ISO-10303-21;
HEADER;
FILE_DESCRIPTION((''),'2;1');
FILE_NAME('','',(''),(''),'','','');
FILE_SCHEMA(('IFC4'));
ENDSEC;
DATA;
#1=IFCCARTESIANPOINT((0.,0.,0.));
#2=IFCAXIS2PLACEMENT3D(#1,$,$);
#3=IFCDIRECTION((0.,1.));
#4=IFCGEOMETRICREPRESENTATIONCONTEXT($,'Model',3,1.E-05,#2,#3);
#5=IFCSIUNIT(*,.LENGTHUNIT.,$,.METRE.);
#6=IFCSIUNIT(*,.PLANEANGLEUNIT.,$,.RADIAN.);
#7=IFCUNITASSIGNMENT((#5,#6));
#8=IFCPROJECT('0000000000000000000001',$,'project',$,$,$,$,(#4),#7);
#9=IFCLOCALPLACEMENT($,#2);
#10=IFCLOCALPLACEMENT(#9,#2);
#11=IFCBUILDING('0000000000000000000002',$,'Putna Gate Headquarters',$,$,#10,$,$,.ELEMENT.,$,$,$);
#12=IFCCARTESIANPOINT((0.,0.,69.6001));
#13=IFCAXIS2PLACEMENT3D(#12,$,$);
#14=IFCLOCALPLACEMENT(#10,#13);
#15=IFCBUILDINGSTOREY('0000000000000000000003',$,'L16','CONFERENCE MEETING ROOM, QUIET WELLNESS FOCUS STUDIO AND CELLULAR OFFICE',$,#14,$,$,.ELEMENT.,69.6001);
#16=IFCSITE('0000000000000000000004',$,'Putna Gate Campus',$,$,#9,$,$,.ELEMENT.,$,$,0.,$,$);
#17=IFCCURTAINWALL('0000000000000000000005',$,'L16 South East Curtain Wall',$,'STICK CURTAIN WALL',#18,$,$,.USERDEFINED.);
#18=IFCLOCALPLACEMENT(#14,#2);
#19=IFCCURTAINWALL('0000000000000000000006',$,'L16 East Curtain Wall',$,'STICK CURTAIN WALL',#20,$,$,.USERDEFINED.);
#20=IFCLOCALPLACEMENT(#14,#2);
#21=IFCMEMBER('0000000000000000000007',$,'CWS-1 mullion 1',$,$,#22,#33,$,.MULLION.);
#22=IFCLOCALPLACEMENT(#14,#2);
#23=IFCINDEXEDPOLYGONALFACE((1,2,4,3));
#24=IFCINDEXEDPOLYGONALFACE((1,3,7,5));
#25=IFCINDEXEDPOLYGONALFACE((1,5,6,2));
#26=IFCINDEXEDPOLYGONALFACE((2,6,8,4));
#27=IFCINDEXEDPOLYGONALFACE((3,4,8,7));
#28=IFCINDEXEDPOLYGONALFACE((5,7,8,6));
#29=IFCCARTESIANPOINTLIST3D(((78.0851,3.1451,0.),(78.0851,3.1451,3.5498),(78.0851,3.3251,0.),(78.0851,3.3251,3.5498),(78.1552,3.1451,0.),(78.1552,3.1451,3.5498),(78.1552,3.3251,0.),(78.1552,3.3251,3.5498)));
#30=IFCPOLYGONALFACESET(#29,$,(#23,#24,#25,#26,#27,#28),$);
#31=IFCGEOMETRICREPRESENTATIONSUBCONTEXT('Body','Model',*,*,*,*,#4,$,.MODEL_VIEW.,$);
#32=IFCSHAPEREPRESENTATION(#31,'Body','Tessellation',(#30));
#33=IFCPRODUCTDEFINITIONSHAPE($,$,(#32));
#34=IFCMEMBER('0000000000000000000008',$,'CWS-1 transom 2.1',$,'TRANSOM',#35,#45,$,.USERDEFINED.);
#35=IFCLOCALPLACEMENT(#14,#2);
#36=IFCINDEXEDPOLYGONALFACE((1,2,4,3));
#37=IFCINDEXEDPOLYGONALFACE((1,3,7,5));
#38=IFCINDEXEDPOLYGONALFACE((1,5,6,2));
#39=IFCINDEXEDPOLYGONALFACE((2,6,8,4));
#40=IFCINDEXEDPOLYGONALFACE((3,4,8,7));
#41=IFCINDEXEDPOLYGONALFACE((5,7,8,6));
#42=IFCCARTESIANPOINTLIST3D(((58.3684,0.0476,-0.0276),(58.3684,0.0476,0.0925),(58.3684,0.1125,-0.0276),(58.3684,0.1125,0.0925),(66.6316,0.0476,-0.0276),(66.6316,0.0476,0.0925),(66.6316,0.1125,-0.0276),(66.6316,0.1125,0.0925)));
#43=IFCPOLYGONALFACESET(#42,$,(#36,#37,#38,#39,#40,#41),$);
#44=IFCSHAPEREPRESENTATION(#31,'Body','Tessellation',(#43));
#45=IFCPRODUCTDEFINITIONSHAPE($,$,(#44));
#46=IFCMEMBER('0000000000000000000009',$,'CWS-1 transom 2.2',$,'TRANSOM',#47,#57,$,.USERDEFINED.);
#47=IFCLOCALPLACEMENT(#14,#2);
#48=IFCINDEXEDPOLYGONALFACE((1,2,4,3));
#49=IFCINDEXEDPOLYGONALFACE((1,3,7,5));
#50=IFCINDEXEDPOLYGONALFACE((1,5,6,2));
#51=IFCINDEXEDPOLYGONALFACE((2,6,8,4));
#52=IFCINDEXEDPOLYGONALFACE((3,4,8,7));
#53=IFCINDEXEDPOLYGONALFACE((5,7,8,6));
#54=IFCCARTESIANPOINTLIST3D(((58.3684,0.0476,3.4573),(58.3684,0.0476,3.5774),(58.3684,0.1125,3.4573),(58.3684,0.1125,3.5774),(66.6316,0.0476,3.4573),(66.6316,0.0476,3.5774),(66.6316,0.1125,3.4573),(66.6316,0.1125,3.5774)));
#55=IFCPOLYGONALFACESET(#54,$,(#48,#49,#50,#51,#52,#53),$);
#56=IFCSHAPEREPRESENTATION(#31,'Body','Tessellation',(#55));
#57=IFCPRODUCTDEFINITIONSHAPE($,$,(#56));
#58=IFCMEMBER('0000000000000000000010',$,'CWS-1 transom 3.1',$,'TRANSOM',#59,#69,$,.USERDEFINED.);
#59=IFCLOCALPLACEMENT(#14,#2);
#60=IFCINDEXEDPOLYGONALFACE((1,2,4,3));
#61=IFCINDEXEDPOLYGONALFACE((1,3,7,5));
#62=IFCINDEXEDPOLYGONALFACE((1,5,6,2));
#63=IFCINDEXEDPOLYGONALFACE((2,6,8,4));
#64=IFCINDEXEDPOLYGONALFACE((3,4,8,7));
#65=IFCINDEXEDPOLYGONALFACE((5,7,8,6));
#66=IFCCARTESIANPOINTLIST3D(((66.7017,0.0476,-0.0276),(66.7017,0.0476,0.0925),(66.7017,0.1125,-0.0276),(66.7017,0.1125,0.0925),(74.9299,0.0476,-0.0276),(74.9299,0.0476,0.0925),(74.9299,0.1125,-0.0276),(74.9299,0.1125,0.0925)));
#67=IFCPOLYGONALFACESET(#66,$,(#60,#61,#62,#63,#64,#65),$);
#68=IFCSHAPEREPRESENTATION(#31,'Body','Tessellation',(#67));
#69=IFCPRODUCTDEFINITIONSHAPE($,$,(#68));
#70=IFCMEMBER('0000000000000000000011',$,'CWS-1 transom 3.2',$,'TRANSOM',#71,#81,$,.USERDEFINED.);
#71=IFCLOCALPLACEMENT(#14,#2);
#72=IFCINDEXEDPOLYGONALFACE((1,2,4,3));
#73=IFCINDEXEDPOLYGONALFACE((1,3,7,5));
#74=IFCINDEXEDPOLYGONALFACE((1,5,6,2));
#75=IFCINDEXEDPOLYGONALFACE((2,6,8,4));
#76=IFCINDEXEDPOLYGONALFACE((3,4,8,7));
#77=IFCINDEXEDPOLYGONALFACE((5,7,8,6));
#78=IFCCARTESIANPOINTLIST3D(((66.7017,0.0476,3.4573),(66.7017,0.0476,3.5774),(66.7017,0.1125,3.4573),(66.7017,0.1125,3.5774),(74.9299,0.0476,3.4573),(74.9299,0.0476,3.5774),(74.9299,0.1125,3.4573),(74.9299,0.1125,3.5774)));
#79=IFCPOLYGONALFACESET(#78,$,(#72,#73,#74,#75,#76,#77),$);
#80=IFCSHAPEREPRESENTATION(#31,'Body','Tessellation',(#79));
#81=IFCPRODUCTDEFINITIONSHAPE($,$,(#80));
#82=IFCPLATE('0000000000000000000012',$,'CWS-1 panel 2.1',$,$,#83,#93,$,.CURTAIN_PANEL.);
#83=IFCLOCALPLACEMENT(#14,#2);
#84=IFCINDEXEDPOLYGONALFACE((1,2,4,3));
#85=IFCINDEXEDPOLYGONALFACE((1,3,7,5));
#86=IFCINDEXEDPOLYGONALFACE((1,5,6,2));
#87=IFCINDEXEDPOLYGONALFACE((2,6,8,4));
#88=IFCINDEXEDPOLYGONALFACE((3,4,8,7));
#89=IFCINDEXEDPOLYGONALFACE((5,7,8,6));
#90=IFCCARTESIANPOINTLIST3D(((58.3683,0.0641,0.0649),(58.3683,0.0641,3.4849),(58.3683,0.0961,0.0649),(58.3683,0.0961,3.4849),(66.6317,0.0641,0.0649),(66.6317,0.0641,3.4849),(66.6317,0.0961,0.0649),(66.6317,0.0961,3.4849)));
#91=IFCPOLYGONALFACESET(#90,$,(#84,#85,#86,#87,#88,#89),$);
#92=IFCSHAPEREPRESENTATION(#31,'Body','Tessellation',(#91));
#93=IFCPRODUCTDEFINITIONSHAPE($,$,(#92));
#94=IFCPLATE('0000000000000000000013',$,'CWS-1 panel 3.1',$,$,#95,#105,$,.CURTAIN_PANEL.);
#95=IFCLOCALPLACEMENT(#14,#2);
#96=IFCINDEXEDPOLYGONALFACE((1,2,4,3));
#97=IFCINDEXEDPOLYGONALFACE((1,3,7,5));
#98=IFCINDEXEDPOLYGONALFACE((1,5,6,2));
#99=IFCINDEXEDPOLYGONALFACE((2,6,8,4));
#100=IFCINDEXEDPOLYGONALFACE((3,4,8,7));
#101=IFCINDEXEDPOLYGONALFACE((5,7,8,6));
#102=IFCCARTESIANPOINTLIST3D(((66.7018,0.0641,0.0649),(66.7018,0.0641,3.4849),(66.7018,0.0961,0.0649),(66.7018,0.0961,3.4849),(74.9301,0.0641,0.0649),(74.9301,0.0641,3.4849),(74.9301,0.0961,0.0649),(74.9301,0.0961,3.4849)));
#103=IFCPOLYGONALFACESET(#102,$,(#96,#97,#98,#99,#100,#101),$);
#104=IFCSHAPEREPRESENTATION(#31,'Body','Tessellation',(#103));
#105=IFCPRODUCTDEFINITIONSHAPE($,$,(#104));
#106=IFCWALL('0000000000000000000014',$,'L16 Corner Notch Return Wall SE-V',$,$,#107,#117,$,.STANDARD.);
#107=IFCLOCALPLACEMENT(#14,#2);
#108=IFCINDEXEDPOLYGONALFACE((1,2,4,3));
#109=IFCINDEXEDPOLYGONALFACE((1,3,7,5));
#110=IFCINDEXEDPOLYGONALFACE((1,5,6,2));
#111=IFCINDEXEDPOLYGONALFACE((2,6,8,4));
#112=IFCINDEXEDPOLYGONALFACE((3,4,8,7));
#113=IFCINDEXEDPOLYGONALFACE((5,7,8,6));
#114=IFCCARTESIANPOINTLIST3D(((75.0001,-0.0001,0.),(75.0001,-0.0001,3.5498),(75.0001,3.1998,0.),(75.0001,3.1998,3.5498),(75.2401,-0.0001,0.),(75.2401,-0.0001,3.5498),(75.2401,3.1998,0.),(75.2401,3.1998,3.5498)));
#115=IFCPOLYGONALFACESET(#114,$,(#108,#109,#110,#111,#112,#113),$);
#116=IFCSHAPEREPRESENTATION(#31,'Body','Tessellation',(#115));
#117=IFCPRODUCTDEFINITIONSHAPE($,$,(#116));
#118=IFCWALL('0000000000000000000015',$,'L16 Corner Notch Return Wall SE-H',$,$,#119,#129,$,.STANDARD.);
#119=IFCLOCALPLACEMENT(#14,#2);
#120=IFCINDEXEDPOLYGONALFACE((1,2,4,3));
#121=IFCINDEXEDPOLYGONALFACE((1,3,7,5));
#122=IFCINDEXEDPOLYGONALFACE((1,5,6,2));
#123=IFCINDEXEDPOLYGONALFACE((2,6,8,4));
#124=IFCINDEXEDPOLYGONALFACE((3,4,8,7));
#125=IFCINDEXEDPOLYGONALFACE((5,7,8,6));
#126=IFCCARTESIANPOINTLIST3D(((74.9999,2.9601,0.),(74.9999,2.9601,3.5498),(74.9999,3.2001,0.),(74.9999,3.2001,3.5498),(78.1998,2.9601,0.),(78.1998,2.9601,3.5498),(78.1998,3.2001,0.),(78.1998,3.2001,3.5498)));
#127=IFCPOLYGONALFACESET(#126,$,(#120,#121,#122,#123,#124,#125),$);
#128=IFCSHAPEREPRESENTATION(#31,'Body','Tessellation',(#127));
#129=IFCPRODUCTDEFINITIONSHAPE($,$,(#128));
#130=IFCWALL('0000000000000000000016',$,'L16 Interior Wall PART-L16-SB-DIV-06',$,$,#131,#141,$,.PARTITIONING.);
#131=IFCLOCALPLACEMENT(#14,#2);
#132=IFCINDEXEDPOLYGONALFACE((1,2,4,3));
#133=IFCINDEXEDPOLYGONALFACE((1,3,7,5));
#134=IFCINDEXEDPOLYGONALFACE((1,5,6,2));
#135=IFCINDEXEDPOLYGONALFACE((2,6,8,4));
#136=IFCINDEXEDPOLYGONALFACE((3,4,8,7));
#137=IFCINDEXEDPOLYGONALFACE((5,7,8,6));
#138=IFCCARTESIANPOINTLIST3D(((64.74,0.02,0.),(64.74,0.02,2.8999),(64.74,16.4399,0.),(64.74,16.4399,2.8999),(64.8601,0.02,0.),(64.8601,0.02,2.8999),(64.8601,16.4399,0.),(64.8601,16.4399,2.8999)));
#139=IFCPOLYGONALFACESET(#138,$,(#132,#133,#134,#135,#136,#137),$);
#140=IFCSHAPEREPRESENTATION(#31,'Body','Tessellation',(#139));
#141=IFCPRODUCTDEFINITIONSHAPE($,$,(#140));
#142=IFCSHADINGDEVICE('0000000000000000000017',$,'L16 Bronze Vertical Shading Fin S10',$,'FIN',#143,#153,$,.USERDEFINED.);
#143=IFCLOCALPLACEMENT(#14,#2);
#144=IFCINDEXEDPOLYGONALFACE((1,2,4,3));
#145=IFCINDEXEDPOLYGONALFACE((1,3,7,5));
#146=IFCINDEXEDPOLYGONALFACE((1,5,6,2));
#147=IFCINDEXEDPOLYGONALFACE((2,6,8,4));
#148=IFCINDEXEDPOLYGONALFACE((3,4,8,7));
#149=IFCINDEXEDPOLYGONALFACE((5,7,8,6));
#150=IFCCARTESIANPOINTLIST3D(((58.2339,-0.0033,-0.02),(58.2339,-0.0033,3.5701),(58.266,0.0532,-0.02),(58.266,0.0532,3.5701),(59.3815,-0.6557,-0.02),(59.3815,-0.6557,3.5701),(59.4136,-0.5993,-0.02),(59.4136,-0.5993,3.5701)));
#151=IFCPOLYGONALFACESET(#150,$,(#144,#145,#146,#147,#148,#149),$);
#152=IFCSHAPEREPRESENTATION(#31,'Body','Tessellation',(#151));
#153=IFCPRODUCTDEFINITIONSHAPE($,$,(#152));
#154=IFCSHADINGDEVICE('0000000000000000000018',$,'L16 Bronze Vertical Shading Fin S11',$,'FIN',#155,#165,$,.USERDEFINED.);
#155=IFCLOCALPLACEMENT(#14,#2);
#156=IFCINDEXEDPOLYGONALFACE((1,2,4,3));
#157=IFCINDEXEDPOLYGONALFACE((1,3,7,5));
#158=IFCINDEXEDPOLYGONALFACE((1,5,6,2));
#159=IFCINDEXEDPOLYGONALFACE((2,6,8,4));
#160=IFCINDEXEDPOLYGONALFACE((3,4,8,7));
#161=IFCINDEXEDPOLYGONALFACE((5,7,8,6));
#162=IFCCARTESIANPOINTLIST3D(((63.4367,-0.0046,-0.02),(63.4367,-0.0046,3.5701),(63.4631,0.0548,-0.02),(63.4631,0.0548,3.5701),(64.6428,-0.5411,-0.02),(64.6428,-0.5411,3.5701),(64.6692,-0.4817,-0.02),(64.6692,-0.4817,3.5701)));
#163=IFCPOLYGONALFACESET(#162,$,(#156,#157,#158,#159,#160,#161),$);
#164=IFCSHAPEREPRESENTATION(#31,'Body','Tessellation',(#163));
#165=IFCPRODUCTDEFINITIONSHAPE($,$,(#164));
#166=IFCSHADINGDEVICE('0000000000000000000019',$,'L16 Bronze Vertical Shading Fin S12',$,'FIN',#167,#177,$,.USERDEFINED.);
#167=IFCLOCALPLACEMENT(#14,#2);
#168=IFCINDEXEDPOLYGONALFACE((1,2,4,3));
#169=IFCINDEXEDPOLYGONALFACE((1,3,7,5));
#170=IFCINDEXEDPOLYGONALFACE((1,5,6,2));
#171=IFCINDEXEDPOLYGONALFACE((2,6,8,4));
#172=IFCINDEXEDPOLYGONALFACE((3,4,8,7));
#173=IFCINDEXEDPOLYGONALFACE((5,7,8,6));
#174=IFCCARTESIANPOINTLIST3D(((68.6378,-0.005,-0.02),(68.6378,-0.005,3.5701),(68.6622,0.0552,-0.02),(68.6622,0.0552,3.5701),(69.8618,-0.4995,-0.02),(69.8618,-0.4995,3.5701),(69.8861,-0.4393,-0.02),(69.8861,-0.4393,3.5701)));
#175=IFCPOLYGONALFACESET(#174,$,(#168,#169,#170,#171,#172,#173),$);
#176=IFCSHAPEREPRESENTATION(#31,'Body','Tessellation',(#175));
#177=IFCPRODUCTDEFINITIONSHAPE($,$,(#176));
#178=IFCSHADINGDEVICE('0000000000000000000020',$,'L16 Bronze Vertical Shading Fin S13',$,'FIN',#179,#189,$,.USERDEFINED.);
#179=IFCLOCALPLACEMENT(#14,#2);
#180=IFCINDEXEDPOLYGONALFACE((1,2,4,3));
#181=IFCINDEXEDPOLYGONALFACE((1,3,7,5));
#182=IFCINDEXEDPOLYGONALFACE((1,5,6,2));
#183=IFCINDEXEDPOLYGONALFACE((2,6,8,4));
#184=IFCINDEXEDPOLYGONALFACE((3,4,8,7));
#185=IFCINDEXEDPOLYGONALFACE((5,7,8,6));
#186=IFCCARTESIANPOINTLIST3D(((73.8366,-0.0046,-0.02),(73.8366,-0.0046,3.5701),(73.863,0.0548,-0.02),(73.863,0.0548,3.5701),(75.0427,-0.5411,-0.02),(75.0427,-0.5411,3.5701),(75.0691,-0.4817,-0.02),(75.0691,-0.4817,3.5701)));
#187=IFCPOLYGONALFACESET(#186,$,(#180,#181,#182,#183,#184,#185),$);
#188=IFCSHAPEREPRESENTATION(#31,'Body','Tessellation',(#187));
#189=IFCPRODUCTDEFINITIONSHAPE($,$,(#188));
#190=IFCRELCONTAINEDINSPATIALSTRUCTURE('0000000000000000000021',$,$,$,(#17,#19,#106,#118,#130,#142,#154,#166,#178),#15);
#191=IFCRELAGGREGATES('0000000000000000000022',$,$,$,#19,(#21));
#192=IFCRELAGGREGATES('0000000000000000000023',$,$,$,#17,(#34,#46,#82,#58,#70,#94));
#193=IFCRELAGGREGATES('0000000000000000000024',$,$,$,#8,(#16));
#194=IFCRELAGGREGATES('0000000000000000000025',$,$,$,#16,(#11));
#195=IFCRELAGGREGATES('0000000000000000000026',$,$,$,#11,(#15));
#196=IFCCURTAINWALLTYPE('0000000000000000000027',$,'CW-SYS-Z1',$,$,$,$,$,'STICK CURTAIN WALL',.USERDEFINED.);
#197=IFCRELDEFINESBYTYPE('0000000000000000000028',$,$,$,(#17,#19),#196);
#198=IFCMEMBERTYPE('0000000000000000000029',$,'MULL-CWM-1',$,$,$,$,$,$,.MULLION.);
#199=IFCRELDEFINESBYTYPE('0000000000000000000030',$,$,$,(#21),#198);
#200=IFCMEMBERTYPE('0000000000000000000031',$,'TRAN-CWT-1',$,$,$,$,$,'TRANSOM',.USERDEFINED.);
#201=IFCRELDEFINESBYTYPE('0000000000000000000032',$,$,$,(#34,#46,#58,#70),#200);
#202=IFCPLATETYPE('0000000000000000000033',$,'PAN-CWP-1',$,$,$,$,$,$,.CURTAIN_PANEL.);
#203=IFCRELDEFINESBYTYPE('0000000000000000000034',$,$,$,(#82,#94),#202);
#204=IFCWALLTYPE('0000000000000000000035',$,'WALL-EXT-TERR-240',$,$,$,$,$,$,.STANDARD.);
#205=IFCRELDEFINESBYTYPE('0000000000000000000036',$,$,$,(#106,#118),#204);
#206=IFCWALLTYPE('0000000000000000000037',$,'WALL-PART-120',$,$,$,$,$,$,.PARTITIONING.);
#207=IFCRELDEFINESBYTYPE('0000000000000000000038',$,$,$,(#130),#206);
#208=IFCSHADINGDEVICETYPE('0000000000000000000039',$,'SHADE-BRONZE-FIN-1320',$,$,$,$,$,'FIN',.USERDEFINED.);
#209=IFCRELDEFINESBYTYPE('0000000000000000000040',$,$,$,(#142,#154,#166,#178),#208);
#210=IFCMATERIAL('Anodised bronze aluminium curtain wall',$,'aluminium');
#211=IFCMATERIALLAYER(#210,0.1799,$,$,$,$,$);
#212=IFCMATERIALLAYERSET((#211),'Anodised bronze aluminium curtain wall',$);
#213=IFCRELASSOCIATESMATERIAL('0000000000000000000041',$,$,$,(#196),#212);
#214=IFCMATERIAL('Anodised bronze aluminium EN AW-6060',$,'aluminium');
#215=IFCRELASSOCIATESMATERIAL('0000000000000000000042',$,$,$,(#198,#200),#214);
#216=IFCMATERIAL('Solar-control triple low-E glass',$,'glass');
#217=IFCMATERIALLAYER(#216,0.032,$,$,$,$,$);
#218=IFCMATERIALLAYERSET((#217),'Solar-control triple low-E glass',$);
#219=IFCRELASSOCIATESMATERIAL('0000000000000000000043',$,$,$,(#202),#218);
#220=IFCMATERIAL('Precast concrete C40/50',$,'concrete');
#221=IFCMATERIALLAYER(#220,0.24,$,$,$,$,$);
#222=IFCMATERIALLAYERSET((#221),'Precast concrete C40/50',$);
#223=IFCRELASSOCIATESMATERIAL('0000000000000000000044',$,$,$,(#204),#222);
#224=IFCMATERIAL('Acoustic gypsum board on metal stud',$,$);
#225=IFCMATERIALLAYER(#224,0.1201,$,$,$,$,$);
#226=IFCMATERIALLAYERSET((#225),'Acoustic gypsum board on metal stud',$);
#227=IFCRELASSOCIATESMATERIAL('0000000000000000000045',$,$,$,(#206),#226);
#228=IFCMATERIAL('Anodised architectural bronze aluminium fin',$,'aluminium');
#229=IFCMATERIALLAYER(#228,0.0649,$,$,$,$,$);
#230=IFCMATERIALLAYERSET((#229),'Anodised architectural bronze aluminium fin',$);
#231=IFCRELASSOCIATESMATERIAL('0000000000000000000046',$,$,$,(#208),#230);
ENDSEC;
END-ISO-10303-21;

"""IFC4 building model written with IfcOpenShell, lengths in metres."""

from ifc_helpers import new_model, si_unit, direction, frame, frame_2d, origin, origin_2d, place, context, subcontext, project, spatial, rectangle, extrude, material, layer, layer_set, material_profile, profile_set, type_object, element, aggregate, save


model = new_model("IFC4")

# Units and contexts
model_context = context("Model", 3, precision=1e-05, world=origin(), true_north=direction((0.0, 1.0)))
body_context = subcontext(model_context, "Body", "Model", "MODEL_VIEW")
ifc_project = project(units=[si_unit("LENGTHUNIT", "METRE"), si_unit("PLANEANGLEUNIT", "RADIAN")], contexts=[model_context])

# Site, building, storey
site_placement = place(None, origin())
site = spatial("IfcSite", under=ifc_project, at=site_placement, Name="Putna Gate Campus", CompositionType="ELEMENT", RefElevation=0.0)
building_placement = place(site_placement, origin())
building = spatial("IfcBuilding", under=site, at=building_placement, Name="Putna Gate Headquarters", CompositionType="ELEMENT")
storey_placement = place(building_placement, frame((0.0, 0.0, 69.6001)))
storey = spatial("IfcBuildingStorey", under=building, at=storey_placement, Name="L16", Description="CONFERENCE MEETING ROOM, QUIET WELLNESS FOCUS STUDIO AND CELLULAR OFFICE", CompositionType="ELEMENT", Elevation=69.6001)

# Curtain wall
ifc_material_1 = material(Name="Anodised bronze aluminium curtain wall", Category="aluminium")
ifc_layer_1 = layer(ifc_material_1, 0.1799)
ifc_layer_set_1 = layer_set([ifc_layer_1], Name="Anodised bronze aluminium curtain wall")
curtain_wall_type = type_object("IfcCurtainWallType", Name="CW-SYS-Z1", ElementType="STICK CURTAIN WALL", PredefinedType="USERDEFINED", material=ifc_layer_set_1)
curtain_wall_1_placement = place(storey_placement, origin())
curtain_wall_1 = element("IfcCurtainWall", 1, at=curtain_wall_1_placement, inside=storey, type_object=curtain_wall_type, Name="L16 South East Curtain Wall", ObjectType="STICK CURTAIN WALL", PredefinedType="USERDEFINED")
ifc_material_2 = material(Name="Anodised bronze aluminium EN AW-6060", Category="aluminium")
ifc_material_profile_1 = material_profile(ifc_material_2, rectangle(XDim=0.0701, YDim=0.1799, at=origin_2d()), Name="Anodised bronze aluminium EN AW-6060")
ifc_profile_set_1 = profile_set([ifc_material_profile_1], Name="Anodised bronze aluminium EN AW-6060")
member_type_1 = type_object("IfcMemberType", Name="MULL-CWM-1", PredefinedType="MULLION", material=ifc_profile_set_1)

# Curtain wall, member
curtain_wall_2_placement = place(storey_placement, origin())
curtain_wall_2 = element("IfcCurtainWall", 2, at=curtain_wall_2_placement, inside=storey, type_object=curtain_wall_type, Name="L16 East Curtain Wall", ObjectType="STICK CURTAIN WALL", PredefinedType="USERDEFINED")
member_1_placement = place(storey_placement, frame((78.1201, 3.2351, 0.0), z_axis=(0.0, 0.0, 1.0), x_axis=(-1.0, 0.0, 0.0)))
member_1 = element("IfcMember", 3, at=member_1_placement, type_object=member_type_1, Name="CWS-1 mullion 1", PredefinedType="MULLION", context=body_context, shape_type="SweptSolid", body=[
    extrude(rectangle(XDim=0.0701, YDim=0.1799, at=origin_2d()), origin(), (0.0, 0.0, 1.0), 3.5498),
])
aggregate(curtain_wall_2, [member_1])

# Members
ifc_material_profile_2 = material_profile(ifc_material_2, rectangle(XDim=0.0649, YDim=0.1201, at=origin_2d()), Name="Anodised bronze aluminium EN AW-6060")
ifc_profile_set_2 = profile_set([ifc_material_profile_2], Name="Anodised bronze aluminium EN AW-6060")
member_type_2 = type_object("IfcMemberType", Name="TRAN-CWT-1", ElementType="TRANSOM", PredefinedType="USERDEFINED", material=ifc_profile_set_2)
member_2_placement = place(storey_placement, frame((58.3684, 0.0801, 0.0325), z_axis=(1.0, 0.0, 0.0), x_axis=(0.0, 1.0, 0.0)))
member_2 = element("IfcMember", 4, at=member_2_placement, type_object=member_type_2, Name="CWS-1 transom 2.1", ObjectType="TRANSOM", PredefinedType="USERDEFINED", context=body_context, shape_type="SweptSolid", body=[
    extrude(rectangle(XDim=0.0649, YDim=0.1201, at=origin_2d()), origin(), (0.0, 0.0, 1.0), 8.2632),
])
member_3_placement = place(storey_placement, frame((58.3684, 0.0801, 3.5173), z_axis=(1.0, 0.0, 0.0), x_axis=(0.0, 1.0, 0.0)))
member_3 = element("IfcMember", 5, at=member_3_placement, type_object=member_type_2, Name="CWS-1 transom 2.2", ObjectType="TRANSOM", PredefinedType="USERDEFINED", context=body_context, shape_type="SweptSolid", body=[
    extrude(rectangle(XDim=0.0649, YDim=0.1201, at=origin_2d()), origin(), (0.0, 0.0, 1.0), 8.2632),
])
member_4_placement = place(storey_placement, frame((66.7017, 0.0801, 0.0325), z_axis=(1.0, 0.0, 0.0), x_axis=(0.0, 1.0, 0.0)))
member_4 = element("IfcMember", 6, at=member_4_placement, type_object=member_type_2, Name="CWS-1 transom 3.1", ObjectType="TRANSOM", PredefinedType="USERDEFINED", context=body_context, shape_type="SweptSolid", body=[
    extrude(rectangle(XDim=0.0649, YDim=0.1201, at=origin_2d()), origin(), (0.0, 0.0, 1.0), 8.2283),
])
member_5_placement = place(storey_placement, frame((66.7017, 0.0801, 3.5173), z_axis=(1.0, 0.0, 0.0), x_axis=(0.0, 1.0, 0.0)))
member_5 = element("IfcMember", 7, at=member_5_placement, type_object=member_type_2, Name="CWS-1 transom 3.2", ObjectType="TRANSOM", PredefinedType="USERDEFINED", context=body_context, shape_type="SweptSolid", body=[
    extrude(rectangle(XDim=0.0649, YDim=0.1201, at=origin_2d()), origin(), (0.0, 0.0, 1.0), 8.2283),
])

# Plates
ifc_material_3 = material(Name="Solar-control triple low-E glass", Category="glass")
ifc_layer_2 = layer(ifc_material_3, 0.032)
ifc_layer_set_2 = layer_set([ifc_layer_2], Name="Solar-control triple low-E glass")
plate_type = type_object("IfcPlateType", Name="PAN-CWP-1", PredefinedType="CURTAIN_PANEL", material=ifc_layer_set_2)
plate_1_placement = place(storey_placement, frame((62.5, 0.0801, 0.0649), z_axis=(0.0, 0.0, 1.0), x_axis=(1.0, 0.0, 0.0)))
plate_1 = element("IfcPlate", 8, at=plate_1_placement, type_object=plate_type, Name="CWS-1 panel 2.1", PredefinedType="CURTAIN_PANEL", context=body_context, shape_type="SweptSolid", body=[
    extrude(rectangle(XDim=8.2634, YDim=0.032, at=origin_2d()), origin(), (0.0, 0.0, 1.0), 3.4199),
])
plate_2_placement = place(storey_placement, frame((70.8159, 0.0801, 0.0649), z_axis=(0.0, 0.0, 1.0), x_axis=(1.0, 0.0, 0.0)))
plate_2 = element("IfcPlate", 9, at=plate_2_placement, type_object=plate_type, Name="CWS-1 panel 3.1", PredefinedType="CURTAIN_PANEL", context=body_context, shape_type="SweptSolid", body=[
    extrude(rectangle(XDim=8.2283, YDim=0.032, at=origin_2d()), origin(), (0.0, 0.0, 1.0), 3.4199),
])
aggregate(curtain_wall_1, [member_2, member_3, plate_1, member_4, member_5, plate_2])

# Walls
ifc_material_4 = material(Name="Precast concrete C40/50", Category="concrete")
ifc_layer_3 = layer(ifc_material_4, 0.24)
ifc_layer_set_3 = layer_set([ifc_layer_3], Name="Precast concrete C40/50")
wall_type_1 = type_object("IfcWallType", Name="WALL-EXT-TERR-240", PredefinedType="STANDARD", material=ifc_layer_set_3)
for number, where, z_axis, x_axis, name in (
    (10, (75.1201, 3.2, 0.0), (0.0, 0.0, 1.0), (0.0, -1.0, 0.0), "L16 Corner Notch Return Wall SE-V"),
    (11, (78.2, 3.0801, 0.0), (0.0, 0.0, 1.0), (-1.0, 0.0, 0.0), "L16 Corner Notch Return Wall SE-H"),
):
    element("IfcWall", number, at=place(storey_placement, frame(where, z_axis=z_axis, x_axis=x_axis)), inside=storey, type_object=wall_type_1, Name=name, PredefinedType="STANDARD", context=body_context, shape_type="SweptSolid", body=[
        extrude(rectangle(XDim=3.2, YDim=0.24, at=frame_2d((1.6001, 0.0))), origin(), (0.0, 0.0, 1.0), 3.5498),
    ])
ifc_material_5 = material(Name="Acoustic gypsum board on metal stud")
ifc_layer_4 = layer(ifc_material_5, 0.1201)
ifc_layer_set_4 = layer_set([ifc_layer_4], Name="Acoustic gypsum board on metal stud")
wall_type_2 = type_object("IfcWallType", Name="WALL-PART-120", PredefinedType="PARTITIONING", material=ifc_layer_set_4)
wall_placement = place(storey_placement, frame((64.8, 0.02, 0.0), z_axis=(0.0, 0.0, 1.0), x_axis=(0.0, 1.0, 0.0)))
element("IfcWall", 12, at=wall_placement, inside=storey, type_object=wall_type_2, Name="L16 Interior Wall PART-L16-SB-DIV-06", PredefinedType="PARTITIONING", context=body_context, shape_type="SweptSolid", body=[
    extrude(rectangle(XDim=16.4199, YDim=0.1201, at=frame_2d((8.21, 0.0))), origin(), (0.0, 0.0, 1.0), 2.8999),
])

# Shading devices
ifc_material_6 = material(Name="Anodised architectural bronze aluminium fin", Category="aluminium")
ifc_layer_5 = layer(ifc_material_6, 0.0649)
ifc_layer_set_5 = layer_set([ifc_layer_5], Name="Anodised architectural bronze aluminium fin")
shading_device_type = type_object("IfcShadingDeviceType", Name="SHADE-BRONZE-FIN-1320", ElementType="FIN", PredefinedType="USERDEFINED", material=ifc_layer_set_5)
for number, where, z_axis, x_axis, name in (
    (13, (58.8237, -0.3013, -0.02), (0.0, 0.0, 1.0), (0.869322, -0.494245, 0.0), "L16 Bronze Vertical Shading Fin S10"),
    (14, (64.053, -0.2432, -0.02), (0.0, 0.0, 1.0), (0.913687, -0.406418, 0.0), "L16 Bronze Vertical Shading Fin S11"),
    (15, (69.262, -0.2222, -0.02), (0.0, 0.0, 1.0), (0.927184, -0.374607, 0.0), "L16 Bronze Vertical Shading Fin S12"),
    (16, (74.4529, -0.2432, -0.02), (0.0, 0.0, 1.0), (0.913687, -0.406418, 0.0), "L16 Bronze Vertical Shading Fin S13"),
):
    element("IfcShadingDevice", number, at=place(storey_placement, frame(where, z_axis=z_axis, x_axis=x_axis)), inside=storey, type_object=shading_device_type, Name=name, ObjectType="FIN", PredefinedType="USERDEFINED", context=body_context, shape_type="SweptSolid", body=[
        extrude(rectangle(XDim=1.3201, YDim=0.0649, at=origin_2d()), origin(), (0.0, 0.0, 1.0), 3.5901),
    ])

save(model, "model.ifc")
